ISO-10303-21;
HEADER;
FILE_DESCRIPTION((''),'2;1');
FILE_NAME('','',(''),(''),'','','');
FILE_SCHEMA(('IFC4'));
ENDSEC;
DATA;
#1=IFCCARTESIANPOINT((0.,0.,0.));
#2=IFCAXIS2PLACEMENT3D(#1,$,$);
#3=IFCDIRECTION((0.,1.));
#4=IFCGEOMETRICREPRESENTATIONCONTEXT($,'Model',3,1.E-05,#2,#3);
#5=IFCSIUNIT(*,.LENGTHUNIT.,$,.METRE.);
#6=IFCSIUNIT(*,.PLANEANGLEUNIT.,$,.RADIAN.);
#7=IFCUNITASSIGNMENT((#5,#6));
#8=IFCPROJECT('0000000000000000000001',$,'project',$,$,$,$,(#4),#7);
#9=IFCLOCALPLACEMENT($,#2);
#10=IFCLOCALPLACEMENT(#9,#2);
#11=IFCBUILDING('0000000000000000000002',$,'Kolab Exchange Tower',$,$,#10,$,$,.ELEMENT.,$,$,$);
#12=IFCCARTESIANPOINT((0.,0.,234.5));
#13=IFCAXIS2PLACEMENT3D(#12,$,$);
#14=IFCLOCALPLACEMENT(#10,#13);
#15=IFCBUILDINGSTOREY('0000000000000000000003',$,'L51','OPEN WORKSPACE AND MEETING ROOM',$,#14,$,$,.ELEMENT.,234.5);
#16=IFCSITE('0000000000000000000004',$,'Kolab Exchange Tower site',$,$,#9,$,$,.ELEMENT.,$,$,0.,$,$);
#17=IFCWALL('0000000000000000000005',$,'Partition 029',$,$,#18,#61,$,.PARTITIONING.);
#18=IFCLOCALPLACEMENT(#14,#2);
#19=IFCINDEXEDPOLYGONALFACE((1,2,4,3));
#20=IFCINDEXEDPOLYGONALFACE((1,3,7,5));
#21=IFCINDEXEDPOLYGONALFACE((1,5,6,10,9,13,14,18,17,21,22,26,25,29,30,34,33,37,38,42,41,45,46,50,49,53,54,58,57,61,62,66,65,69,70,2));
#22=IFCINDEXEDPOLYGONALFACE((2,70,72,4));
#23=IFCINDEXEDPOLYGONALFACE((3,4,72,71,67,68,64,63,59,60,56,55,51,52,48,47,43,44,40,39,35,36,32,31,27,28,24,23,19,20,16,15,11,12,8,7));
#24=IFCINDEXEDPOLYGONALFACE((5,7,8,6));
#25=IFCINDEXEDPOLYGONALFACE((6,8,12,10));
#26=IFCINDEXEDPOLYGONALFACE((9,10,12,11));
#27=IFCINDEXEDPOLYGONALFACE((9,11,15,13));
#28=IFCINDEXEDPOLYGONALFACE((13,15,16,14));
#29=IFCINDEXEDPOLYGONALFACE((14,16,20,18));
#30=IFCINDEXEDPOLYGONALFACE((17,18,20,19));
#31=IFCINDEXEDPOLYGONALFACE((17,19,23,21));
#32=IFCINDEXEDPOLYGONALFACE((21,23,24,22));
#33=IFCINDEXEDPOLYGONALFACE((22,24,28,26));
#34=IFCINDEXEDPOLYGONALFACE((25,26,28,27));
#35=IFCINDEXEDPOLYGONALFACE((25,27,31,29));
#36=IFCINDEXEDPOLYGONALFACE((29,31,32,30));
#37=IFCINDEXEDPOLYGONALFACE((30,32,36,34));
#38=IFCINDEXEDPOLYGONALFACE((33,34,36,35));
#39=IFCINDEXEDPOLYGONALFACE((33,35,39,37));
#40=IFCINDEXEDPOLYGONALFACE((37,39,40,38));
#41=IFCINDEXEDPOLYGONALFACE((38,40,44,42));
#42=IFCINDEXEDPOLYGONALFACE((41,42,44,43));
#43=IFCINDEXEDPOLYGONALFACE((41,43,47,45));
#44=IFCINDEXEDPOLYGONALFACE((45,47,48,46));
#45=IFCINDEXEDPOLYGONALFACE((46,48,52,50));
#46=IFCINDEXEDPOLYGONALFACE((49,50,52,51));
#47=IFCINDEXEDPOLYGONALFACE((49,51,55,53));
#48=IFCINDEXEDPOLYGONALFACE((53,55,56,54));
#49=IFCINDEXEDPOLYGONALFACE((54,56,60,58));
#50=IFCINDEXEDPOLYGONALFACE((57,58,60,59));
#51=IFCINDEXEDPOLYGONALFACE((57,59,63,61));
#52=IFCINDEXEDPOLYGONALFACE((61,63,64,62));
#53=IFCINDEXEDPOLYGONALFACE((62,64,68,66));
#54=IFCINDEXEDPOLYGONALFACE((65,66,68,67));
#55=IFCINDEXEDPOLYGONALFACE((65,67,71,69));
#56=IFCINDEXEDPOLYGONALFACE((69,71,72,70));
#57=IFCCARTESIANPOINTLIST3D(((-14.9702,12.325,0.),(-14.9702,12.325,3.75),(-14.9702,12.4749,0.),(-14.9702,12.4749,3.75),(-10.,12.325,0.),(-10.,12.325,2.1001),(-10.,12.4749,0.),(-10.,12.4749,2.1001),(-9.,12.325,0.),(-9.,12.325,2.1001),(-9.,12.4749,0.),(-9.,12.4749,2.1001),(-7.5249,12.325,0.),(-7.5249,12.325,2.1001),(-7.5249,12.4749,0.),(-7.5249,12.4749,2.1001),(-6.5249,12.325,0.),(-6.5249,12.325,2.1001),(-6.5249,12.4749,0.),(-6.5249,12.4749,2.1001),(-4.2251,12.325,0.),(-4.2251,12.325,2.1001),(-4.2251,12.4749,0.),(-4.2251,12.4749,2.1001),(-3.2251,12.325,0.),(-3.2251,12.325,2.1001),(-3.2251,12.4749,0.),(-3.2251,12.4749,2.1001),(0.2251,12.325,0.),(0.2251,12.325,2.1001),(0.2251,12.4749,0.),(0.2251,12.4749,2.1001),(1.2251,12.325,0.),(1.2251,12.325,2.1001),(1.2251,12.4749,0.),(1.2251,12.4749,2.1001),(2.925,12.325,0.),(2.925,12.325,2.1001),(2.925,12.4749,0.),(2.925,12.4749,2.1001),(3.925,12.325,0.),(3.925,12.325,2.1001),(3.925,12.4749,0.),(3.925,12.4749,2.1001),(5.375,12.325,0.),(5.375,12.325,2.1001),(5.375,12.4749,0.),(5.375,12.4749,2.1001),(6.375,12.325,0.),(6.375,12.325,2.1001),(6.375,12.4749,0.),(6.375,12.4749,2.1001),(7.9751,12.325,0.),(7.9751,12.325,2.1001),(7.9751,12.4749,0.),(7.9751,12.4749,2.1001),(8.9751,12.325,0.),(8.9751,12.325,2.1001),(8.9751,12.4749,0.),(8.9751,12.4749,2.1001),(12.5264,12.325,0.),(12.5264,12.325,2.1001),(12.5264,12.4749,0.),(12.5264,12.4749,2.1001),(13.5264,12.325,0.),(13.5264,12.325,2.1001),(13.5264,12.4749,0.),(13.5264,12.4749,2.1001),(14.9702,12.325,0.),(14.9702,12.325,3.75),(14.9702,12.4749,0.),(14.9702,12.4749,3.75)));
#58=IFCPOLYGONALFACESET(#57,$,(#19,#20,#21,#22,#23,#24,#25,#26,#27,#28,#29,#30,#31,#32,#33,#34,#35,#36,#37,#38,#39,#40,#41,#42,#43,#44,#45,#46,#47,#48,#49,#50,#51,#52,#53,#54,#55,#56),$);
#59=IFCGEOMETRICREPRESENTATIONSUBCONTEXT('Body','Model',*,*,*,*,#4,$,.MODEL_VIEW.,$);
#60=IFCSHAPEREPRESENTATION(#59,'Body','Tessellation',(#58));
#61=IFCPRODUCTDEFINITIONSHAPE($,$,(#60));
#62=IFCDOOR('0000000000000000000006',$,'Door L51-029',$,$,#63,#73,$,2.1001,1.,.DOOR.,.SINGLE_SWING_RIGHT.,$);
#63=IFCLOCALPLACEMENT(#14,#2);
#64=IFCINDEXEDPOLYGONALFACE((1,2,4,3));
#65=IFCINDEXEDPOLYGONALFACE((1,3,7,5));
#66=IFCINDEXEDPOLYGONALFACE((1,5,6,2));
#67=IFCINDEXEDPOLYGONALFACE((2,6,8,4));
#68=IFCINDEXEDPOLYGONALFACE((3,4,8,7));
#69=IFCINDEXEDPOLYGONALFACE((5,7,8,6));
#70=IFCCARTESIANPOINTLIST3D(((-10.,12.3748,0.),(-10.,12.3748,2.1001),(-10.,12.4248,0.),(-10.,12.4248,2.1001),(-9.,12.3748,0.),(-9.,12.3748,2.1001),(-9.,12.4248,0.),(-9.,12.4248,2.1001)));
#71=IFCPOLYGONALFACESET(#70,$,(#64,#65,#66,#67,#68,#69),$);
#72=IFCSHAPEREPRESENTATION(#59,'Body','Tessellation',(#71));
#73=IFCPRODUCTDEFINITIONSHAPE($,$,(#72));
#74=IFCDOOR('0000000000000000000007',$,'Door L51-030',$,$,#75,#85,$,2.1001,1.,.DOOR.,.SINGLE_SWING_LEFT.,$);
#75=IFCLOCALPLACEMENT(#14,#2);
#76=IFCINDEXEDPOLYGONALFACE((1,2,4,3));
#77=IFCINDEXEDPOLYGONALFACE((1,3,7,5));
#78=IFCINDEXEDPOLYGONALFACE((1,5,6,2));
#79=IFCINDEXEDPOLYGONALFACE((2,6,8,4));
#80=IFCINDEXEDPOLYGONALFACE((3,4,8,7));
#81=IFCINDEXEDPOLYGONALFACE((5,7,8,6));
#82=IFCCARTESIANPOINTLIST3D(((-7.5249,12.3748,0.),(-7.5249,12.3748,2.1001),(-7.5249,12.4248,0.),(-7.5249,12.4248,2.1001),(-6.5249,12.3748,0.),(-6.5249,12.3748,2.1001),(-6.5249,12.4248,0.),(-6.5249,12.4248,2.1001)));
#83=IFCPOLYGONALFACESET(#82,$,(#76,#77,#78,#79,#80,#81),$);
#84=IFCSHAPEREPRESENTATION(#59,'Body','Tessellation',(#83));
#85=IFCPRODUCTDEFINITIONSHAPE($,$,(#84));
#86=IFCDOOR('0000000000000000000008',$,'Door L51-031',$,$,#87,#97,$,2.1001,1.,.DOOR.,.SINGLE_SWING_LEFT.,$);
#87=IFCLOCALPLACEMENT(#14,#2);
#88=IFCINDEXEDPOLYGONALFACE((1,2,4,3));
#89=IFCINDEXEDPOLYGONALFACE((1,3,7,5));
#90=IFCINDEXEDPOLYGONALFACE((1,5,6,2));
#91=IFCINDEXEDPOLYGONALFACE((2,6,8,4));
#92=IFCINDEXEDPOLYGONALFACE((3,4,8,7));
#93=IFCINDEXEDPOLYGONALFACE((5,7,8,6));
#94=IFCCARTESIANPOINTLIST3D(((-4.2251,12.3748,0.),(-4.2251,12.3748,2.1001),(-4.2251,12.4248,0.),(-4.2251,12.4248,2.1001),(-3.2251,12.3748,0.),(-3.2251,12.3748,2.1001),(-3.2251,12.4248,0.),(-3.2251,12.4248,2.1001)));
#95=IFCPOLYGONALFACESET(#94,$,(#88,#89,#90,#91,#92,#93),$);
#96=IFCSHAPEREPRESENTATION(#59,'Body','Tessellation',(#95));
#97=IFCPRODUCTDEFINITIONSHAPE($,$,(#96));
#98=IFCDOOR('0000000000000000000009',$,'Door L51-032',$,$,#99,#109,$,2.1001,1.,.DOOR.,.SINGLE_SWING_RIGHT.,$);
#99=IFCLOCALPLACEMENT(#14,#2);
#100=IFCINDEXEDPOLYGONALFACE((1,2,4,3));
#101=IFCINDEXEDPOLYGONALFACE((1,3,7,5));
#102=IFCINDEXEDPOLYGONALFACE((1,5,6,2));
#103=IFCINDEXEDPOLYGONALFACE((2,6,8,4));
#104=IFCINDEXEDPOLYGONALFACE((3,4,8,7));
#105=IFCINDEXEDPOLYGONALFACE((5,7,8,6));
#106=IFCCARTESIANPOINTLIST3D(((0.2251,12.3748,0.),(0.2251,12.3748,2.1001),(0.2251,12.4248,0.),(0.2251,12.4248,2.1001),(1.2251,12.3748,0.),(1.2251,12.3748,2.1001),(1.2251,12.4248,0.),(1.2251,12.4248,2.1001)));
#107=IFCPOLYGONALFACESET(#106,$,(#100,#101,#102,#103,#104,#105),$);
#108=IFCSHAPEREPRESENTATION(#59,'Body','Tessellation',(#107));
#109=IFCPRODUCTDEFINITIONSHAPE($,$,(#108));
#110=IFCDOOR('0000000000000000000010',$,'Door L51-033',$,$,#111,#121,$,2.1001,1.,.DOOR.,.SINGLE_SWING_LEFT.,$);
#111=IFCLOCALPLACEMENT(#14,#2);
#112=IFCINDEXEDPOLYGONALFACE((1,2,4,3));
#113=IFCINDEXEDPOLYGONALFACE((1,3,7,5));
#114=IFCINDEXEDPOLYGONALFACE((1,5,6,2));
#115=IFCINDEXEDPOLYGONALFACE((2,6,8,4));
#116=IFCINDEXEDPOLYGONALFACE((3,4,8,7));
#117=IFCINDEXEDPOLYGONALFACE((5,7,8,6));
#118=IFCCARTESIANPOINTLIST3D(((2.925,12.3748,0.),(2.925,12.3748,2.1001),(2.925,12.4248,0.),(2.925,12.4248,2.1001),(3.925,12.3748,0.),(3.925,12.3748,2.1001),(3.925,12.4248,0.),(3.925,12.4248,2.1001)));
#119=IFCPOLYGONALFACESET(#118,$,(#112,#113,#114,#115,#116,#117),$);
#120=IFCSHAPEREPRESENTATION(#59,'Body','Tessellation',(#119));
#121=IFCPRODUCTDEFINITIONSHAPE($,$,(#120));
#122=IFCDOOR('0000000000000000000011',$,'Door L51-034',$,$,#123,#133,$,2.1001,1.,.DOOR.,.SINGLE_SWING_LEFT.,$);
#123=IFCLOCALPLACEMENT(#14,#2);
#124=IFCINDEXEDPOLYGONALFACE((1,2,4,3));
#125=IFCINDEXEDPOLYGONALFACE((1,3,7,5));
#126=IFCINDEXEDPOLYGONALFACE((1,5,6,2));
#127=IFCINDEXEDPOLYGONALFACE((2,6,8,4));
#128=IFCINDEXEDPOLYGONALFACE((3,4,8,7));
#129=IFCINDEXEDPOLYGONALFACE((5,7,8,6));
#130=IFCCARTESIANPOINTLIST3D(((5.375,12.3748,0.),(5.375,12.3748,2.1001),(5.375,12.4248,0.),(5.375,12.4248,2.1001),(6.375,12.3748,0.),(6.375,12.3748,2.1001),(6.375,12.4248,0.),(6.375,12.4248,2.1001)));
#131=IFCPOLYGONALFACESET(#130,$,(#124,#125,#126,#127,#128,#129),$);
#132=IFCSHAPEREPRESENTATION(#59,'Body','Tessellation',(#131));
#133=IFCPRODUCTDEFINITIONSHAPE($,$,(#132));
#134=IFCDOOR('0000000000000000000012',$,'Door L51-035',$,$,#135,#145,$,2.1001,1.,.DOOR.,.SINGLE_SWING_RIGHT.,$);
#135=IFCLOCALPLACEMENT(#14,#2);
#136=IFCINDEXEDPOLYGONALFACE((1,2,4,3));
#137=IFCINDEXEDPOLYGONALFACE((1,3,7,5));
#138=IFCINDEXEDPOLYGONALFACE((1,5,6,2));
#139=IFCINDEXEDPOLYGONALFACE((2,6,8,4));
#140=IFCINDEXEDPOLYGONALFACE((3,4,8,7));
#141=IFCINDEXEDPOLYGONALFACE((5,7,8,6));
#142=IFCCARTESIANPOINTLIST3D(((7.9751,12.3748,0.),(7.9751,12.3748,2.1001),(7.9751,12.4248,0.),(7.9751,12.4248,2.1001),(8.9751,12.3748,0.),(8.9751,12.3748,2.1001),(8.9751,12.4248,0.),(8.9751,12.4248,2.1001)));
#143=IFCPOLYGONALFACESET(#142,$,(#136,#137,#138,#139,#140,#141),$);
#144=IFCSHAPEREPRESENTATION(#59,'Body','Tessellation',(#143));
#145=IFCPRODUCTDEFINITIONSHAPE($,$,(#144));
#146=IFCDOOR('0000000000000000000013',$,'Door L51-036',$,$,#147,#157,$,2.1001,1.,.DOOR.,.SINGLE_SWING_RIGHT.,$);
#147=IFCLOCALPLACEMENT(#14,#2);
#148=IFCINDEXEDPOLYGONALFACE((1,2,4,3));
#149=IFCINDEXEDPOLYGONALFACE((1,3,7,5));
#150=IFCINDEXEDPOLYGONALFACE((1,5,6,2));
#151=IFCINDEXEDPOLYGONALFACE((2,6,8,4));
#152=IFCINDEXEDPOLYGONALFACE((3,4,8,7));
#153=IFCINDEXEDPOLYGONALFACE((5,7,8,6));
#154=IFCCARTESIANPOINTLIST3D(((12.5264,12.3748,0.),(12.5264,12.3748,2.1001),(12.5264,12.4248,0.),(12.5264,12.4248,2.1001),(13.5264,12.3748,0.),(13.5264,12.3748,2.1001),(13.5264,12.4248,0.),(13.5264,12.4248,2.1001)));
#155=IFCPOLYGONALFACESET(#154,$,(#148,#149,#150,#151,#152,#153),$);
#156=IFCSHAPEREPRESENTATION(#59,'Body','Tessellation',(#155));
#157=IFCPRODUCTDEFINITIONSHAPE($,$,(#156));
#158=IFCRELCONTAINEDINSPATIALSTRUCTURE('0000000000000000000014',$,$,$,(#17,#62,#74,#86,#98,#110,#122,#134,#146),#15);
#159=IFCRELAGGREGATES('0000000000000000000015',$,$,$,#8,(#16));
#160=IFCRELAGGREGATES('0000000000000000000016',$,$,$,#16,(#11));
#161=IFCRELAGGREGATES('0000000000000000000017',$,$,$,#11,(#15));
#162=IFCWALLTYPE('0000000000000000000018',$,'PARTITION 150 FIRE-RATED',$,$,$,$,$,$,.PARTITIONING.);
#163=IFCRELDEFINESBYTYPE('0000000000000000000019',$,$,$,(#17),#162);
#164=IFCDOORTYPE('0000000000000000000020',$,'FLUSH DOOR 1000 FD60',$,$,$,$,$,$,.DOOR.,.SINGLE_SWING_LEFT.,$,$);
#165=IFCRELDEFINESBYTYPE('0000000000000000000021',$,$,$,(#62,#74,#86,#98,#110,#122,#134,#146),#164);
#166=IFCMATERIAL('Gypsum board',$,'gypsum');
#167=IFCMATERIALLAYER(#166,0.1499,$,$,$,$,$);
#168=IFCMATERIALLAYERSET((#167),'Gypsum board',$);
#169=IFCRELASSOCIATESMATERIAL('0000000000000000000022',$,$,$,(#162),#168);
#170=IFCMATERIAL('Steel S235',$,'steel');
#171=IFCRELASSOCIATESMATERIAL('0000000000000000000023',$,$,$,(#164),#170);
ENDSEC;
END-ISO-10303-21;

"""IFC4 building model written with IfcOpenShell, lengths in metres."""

from ifc_helpers import new_model, si_unit, direction, frame, frame_2d, origin, place, context, subcontext, project, spatial, rectangle, extrude, material, layer, layer_set, type_object, element, fill, save


model = new_model("IFC4")

# Units and contexts
model_context = context("Model", 3, precision=1e-05, world=origin(), true_north=direction((0.0, 1.0)))
body_context = subcontext(model_context, "Body", "Model", "MODEL_VIEW")
ifc_project = project(units=[si_unit("LENGTHUNIT", "METRE"), si_unit("PLANEANGLEUNIT", "RADIAN")], contexts=[model_context])

# Site, building, storey
site_placement = place(None, origin())
site = spatial("IfcSite", under=ifc_project, at=site_placement, Name="Kolab Exchange Tower site", CompositionType="ELEMENT", RefElevation=0.0)
building_placement = place(site_placement, origin())
building = spatial("IfcBuilding", under=site, at=building_placement, Name="Kolab Exchange Tower", CompositionType="ELEMENT")
storey_placement = place(building_placement, frame((0.0, 0.0, 234.5)))
storey = spatial("IfcBuildingStorey", under=building, at=storey_placement, Name="L51", Description="OPEN WORKSPACE AND MEETING ROOM", CompositionType="ELEMENT", Elevation=234.5)

# Shared definitions
ifc_material_1 = material(Name="Gypsum board", Category="gypsum")
ifc_layer_1 = layer(ifc_material_1, 0.1499)
ifc_layer_set_1 = layer_set([ifc_layer_1], Name="Gypsum board")
wall_type_1 = type_object("IfcWallType", Name="PARTITION 150 FIRE-RATED", PredefinedType="PARTITIONING", material=ifc_layer_set_1)

# Wall, openings, doors
wall_1_placement = place(storey_placement, frame((-14.9702, 12.3999, 0.0), z_axis=(0.0, 0.0, 1.0), x_axis=(1.0, 0.0, 0.0)))
wall_1 = element("IfcWall", 1, at=wall_1_placement, inside=storey, type_object=wall_type_1, Name="Partition 029", PredefinedType="PARTITIONING", context=body_context, shape_type="SweptSolid", body=[
    extrude(rectangle(XDim=29.9404, YDim=0.1499, at=frame_2d((14.9702, 0.0))), origin(), (0.0, 0.0, 1.0), 3.75),
])
opening_1_placement = place(wall_1_placement, frame((4.9702, 0.0, 0.0)))
opening_1 = element("IfcOpeningElement", 2, at=opening_1_placement, cuts=wall_1, PredefinedType="OPENING", context=body_context, shape_type="SweptSolid", body=[
    extrude(rectangle(XDim=1.0, YDim=2.1001, at=frame_2d((0.5, 1.05))), frame((0.0, 0.085, 0.0), z_axis=(0.0, -1.0, 0.0), x_axis=(1.0, 0.0, 0.0)), (0.0, 0.0, 1.0), 0.1699),
])
opening_2_placement = place(wall_1_placement, frame((7.4453, 0.0, 0.0)))
opening_2 = element("IfcOpeningElement", 3, at=opening_2_placement, cuts=wall_1, PredefinedType="OPENING", context=body_context, shape_type="SweptSolid", body=[
    extrude(rectangle(XDim=1.0, YDim=2.1001, at=frame_2d((0.5, 1.05))), frame((0.0, 0.085, 0.0), z_axis=(0.0, -1.0, 0.0), x_axis=(1.0, 0.0, 0.0)), (0.0, 0.0, 1.0), 0.1699),
])
opening_3_placement = place(wall_1_placement, frame((10.7451, 0.0, 0.0)))
opening_3 = element("IfcOpeningElement", 4, at=opening_3_placement, cuts=wall_1, PredefinedType="OPENING", context=body_context, shape_type="SweptSolid", body=[
    extrude(rectangle(XDim=1.0, YDim=2.1001, at=frame_2d((0.5, 1.05))), frame((0.0, 0.085, 0.0), z_axis=(0.0, -1.0, 0.0), x_axis=(1.0, 0.0, 0.0)), (0.0, 0.0, 1.0), 0.1699),
])
opening_4_placement = place(wall_1_placement, frame((15.1953, 0.0, 0.0)))
opening_4 = element("IfcOpeningElement", 5, at=opening_4_placement, cuts=wall_1, PredefinedType="OPENING", context=body_context, shape_type="SweptSolid", body=[
    extrude(rectangle(XDim=1.0, YDim=2.1001, at=frame_2d((0.5, 1.05))), frame((0.0, 0.085, 0.0), z_axis=(0.0, -1.0, 0.0), x_axis=(1.0, 0.0, 0.0)), (0.0, 0.0, 1.0), 0.1699),
])
opening_5_placement = place(wall_1_placement, frame((17.8953, 0.0, 0.0)))
opening_5 = element("IfcOpeningElement", 6, at=opening_5_placement, cuts=wall_1, PredefinedType="OPENING", context=body_context, shape_type="SweptSolid", body=[
    extrude(rectangle(XDim=1.0, YDim=2.1001, at=frame_2d((0.5, 1.05))), frame((0.0, 0.085, 0.0), z_axis=(0.0, -1.0, 0.0), x_axis=(1.0, 0.0, 0.0)), (0.0, 0.0, 1.0), 0.1699),
])
opening_6_placement = place(wall_1_placement, frame((20.3452, 0.0, 0.0)))
opening_6 = element("IfcOpeningElement", 7, at=opening_6_placement, cuts=wall_1, PredefinedType="OPENING", context=body_context, shape_type="SweptSolid", body=[
    extrude(rectangle(XDim=1.0, YDim=2.1001, at=frame_2d((0.5, 1.05))), frame((0.0, 0.085, 0.0), z_axis=(0.0, -1.0, 0.0), x_axis=(1.0, 0.0, 0.0)), (0.0, 0.0, 1.0), 0.1699),
])
opening_7_placement = place(wall_1_placement, frame((22.9453, 0.0, 0.0)))
opening_7 = element("IfcOpeningElement", 8, at=opening_7_placement, cuts=wall_1, PredefinedType="OPENING", context=body_context, shape_type="SweptSolid", body=[
    extrude(rectangle(XDim=1.0, YDim=2.1001, at=frame_2d((0.5, 1.05))), frame((0.0, 0.085, 0.0), z_axis=(0.0, -1.0, 0.0), x_axis=(1.0, 0.0, 0.0)), (0.0, 0.0, 1.0), 0.1699),
])
opening_8_placement = place(wall_1_placement, frame((27.4966, 0.0, 0.0)))
opening_8 = element("IfcOpeningElement", 9, at=opening_8_placement, cuts=wall_1, PredefinedType="OPENING", context=body_context, shape_type="SweptSolid", body=[
    extrude(rectangle(XDim=1.0, YDim=2.1001, at=frame_2d((0.5, 1.05))), frame((0.0, 0.085, 0.0), z_axis=(0.0, -1.0, 0.0), x_axis=(1.0, 0.0, 0.0)), (0.0, 0.0, 1.0), 0.1699),
])
ifc_material_2 = material(Name="Steel S235", Category="steel")
door_type = type_object("IfcDoorType", Name="FLUSH DOOR 1000 FD60", OperationType="SINGLE_SWING_LEFT", PredefinedType="DOOR", material=ifc_material_2)
door_1_placement = place(opening_1_placement, origin())
door_1 = element("IfcDoor", 10, at=door_1_placement, inside=storey, type_object=door_type, Name="Door L51-029", OperationType="SINGLE_SWING_RIGHT", OverallHeight=2.1001, OverallWidth=1.0, PredefinedType="DOOR", context=body_context, shape_type="SweptSolid", body=[
    extrude(rectangle(XDim=1.0, YDim=2.1001, at=frame_2d((0.5, 1.05))), frame((0.0, 0.0249, 0.0), z_axis=(0.0, -1.0, 0.0), x_axis=(1.0, 0.0, 0.0)), (0.0, 0.0, 1.0), 0.05),
])
fill(opening_1, door_1)
door_2_placement = place(opening_2_placement, origin())
door_2 = element("IfcDoor", 11, at=door_2_placement, inside=storey, type_object=door_type, Name="Door L51-030", OperationType="SINGLE_SWING_LEFT", OverallHeight=2.1001, OverallWidth=1.0, PredefinedType="DOOR", context=body_context, shape_type="SweptSolid", body=[
    extrude(rectangle(XDim=1.0, YDim=2.1001, at=frame_2d((0.5, 1.05))), frame((0.0, 0.0249, 0.0), z_axis=(0.0, -1.0, 0.0), x_axis=(1.0, 0.0, 0.0)), (0.0, 0.0, 1.0), 0.05),
])
fill(opening_2, door_2)
door_3_placement = place(opening_3_placement, origin())
door_3 = element("IfcDoor", 12, at=door_3_placement, inside=storey, type_object=door_type, Name="Door L51-031", OperationType="SINGLE_SWING_LEFT", OverallHeight=2.1001, OverallWidth=1.0, PredefinedType="DOOR", context=body_context, shape_type="SweptSolid", body=[
    extrude(rectangle(XDim=1.0, YDim=2.1001, at=frame_2d((0.5, 1.05))), frame((0.0, 0.0249, 0.0), z_axis=(0.0, -1.0, 0.0), x_axis=(1.0, 0.0, 0.0)), (0.0, 0.0, 1.0), 0.05),
])
fill(opening_3, door_3)
door_4_placement = place(opening_4_placement, origin())
door_4 = element("IfcDoor", 13, at=door_4_placement, inside=storey, type_object=door_type, Name="Door L51-032", OperationType="SINGLE_SWING_RIGHT", OverallHeight=2.1001, OverallWidth=1.0, PredefinedType="DOOR", context=body_context, shape_type="SweptSolid", body=[
    extrude(rectangle(XDim=1.0, YDim=2.1001, at=frame_2d((0.5, 1.05))), frame((0.0, 0.0249, 0.0), z_axis=(0.0, -1.0, 0.0), x_axis=(1.0, 0.0, 0.0)), (0.0, 0.0, 1.0), 0.05),
])
fill(opening_4, door_4)
door_5_placement = place(opening_5_placement, origin())
door_5 = element("IfcDoor", 14, at=door_5_placement, inside=storey, type_object=door_type, Name="Door L51-033", OperationType="SINGLE_SWING_LEFT", OverallHeight=2.1001, OverallWidth=1.0, PredefinedType="DOOR", context=body_context, shape_type="SweptSolid", body=[
    extrude(rectangle(XDim=1.0, YDim=2.1001, at=frame_2d((0.5, 1.05))), frame((0.0, 0.0249, 0.0), z_axis=(0.0, -1.0, 0.0), x_axis=(1.0, 0.0, 0.0)), (0.0, 0.0, 1.0), 0.05),
])
fill(opening_5, door_5)
door_6_placement = place(opening_6_placement, origin())
door_6 = element("IfcDoor", 15, at=door_6_placement, inside=storey, type_object=door_type, Name="Door L51-034", OperationType="SINGLE_SWING_LEFT", OverallHeight=2.1001, OverallWidth=1.0, PredefinedType="DOOR", context=body_context, shape_type="SweptSolid", body=[
    extrude(rectangle(XDim=1.0, YDim=2.1001, at=frame_2d((0.5, 1.05))), frame((0.0, 0.0249, 0.0), z_axis=(0.0, -1.0, 0.0), x_axis=(1.0, 0.0, 0.0)), (0.0, 0.0, 1.0), 0.05),
])
fill(opening_6, door_6)
door_7_placement = place(opening_7_placement, origin())
door_7 = element("IfcDoor", 16, at=door_7_placement, inside=storey, type_object=door_type, Name="Door L51-035", OperationType="SINGLE_SWING_RIGHT", OverallHeight=2.1001, OverallWidth=1.0, PredefinedType="DOOR", context=body_context, shape_type="SweptSolid", body=[
    extrude(rectangle(XDim=1.0, YDim=2.1001, at=frame_2d((0.5, 1.05))), frame((0.0, 0.0249, 0.0), z_axis=(0.0, -1.0, 0.0), x_axis=(1.0, 0.0, 0.0)), (0.0, 0.0, 1.0), 0.05),
])
fill(opening_7, door_7)
door_8_placement = place(opening_8_placement, origin())
door_8 = element("IfcDoor", 17, at=door_8_placement, inside=storey, type_object=door_type, Name="Door L51-036", OperationType="SINGLE_SWING_RIGHT", OverallHeight=2.1001, OverallWidth=1.0, PredefinedType="DOOR", context=body_context, shape_type="SweptSolid", body=[
    extrude(rectangle(XDim=1.0, YDim=2.1001, at=frame_2d((0.5, 1.05))), frame((0.0, 0.0249, 0.0), z_axis=(0.0, -1.0, 0.0), x_axis=(1.0, 0.0, 0.0)), (0.0, 0.0, 1.0), 0.05),
])
fill(opening_8, door_8)

save(model, "model.ifc")
